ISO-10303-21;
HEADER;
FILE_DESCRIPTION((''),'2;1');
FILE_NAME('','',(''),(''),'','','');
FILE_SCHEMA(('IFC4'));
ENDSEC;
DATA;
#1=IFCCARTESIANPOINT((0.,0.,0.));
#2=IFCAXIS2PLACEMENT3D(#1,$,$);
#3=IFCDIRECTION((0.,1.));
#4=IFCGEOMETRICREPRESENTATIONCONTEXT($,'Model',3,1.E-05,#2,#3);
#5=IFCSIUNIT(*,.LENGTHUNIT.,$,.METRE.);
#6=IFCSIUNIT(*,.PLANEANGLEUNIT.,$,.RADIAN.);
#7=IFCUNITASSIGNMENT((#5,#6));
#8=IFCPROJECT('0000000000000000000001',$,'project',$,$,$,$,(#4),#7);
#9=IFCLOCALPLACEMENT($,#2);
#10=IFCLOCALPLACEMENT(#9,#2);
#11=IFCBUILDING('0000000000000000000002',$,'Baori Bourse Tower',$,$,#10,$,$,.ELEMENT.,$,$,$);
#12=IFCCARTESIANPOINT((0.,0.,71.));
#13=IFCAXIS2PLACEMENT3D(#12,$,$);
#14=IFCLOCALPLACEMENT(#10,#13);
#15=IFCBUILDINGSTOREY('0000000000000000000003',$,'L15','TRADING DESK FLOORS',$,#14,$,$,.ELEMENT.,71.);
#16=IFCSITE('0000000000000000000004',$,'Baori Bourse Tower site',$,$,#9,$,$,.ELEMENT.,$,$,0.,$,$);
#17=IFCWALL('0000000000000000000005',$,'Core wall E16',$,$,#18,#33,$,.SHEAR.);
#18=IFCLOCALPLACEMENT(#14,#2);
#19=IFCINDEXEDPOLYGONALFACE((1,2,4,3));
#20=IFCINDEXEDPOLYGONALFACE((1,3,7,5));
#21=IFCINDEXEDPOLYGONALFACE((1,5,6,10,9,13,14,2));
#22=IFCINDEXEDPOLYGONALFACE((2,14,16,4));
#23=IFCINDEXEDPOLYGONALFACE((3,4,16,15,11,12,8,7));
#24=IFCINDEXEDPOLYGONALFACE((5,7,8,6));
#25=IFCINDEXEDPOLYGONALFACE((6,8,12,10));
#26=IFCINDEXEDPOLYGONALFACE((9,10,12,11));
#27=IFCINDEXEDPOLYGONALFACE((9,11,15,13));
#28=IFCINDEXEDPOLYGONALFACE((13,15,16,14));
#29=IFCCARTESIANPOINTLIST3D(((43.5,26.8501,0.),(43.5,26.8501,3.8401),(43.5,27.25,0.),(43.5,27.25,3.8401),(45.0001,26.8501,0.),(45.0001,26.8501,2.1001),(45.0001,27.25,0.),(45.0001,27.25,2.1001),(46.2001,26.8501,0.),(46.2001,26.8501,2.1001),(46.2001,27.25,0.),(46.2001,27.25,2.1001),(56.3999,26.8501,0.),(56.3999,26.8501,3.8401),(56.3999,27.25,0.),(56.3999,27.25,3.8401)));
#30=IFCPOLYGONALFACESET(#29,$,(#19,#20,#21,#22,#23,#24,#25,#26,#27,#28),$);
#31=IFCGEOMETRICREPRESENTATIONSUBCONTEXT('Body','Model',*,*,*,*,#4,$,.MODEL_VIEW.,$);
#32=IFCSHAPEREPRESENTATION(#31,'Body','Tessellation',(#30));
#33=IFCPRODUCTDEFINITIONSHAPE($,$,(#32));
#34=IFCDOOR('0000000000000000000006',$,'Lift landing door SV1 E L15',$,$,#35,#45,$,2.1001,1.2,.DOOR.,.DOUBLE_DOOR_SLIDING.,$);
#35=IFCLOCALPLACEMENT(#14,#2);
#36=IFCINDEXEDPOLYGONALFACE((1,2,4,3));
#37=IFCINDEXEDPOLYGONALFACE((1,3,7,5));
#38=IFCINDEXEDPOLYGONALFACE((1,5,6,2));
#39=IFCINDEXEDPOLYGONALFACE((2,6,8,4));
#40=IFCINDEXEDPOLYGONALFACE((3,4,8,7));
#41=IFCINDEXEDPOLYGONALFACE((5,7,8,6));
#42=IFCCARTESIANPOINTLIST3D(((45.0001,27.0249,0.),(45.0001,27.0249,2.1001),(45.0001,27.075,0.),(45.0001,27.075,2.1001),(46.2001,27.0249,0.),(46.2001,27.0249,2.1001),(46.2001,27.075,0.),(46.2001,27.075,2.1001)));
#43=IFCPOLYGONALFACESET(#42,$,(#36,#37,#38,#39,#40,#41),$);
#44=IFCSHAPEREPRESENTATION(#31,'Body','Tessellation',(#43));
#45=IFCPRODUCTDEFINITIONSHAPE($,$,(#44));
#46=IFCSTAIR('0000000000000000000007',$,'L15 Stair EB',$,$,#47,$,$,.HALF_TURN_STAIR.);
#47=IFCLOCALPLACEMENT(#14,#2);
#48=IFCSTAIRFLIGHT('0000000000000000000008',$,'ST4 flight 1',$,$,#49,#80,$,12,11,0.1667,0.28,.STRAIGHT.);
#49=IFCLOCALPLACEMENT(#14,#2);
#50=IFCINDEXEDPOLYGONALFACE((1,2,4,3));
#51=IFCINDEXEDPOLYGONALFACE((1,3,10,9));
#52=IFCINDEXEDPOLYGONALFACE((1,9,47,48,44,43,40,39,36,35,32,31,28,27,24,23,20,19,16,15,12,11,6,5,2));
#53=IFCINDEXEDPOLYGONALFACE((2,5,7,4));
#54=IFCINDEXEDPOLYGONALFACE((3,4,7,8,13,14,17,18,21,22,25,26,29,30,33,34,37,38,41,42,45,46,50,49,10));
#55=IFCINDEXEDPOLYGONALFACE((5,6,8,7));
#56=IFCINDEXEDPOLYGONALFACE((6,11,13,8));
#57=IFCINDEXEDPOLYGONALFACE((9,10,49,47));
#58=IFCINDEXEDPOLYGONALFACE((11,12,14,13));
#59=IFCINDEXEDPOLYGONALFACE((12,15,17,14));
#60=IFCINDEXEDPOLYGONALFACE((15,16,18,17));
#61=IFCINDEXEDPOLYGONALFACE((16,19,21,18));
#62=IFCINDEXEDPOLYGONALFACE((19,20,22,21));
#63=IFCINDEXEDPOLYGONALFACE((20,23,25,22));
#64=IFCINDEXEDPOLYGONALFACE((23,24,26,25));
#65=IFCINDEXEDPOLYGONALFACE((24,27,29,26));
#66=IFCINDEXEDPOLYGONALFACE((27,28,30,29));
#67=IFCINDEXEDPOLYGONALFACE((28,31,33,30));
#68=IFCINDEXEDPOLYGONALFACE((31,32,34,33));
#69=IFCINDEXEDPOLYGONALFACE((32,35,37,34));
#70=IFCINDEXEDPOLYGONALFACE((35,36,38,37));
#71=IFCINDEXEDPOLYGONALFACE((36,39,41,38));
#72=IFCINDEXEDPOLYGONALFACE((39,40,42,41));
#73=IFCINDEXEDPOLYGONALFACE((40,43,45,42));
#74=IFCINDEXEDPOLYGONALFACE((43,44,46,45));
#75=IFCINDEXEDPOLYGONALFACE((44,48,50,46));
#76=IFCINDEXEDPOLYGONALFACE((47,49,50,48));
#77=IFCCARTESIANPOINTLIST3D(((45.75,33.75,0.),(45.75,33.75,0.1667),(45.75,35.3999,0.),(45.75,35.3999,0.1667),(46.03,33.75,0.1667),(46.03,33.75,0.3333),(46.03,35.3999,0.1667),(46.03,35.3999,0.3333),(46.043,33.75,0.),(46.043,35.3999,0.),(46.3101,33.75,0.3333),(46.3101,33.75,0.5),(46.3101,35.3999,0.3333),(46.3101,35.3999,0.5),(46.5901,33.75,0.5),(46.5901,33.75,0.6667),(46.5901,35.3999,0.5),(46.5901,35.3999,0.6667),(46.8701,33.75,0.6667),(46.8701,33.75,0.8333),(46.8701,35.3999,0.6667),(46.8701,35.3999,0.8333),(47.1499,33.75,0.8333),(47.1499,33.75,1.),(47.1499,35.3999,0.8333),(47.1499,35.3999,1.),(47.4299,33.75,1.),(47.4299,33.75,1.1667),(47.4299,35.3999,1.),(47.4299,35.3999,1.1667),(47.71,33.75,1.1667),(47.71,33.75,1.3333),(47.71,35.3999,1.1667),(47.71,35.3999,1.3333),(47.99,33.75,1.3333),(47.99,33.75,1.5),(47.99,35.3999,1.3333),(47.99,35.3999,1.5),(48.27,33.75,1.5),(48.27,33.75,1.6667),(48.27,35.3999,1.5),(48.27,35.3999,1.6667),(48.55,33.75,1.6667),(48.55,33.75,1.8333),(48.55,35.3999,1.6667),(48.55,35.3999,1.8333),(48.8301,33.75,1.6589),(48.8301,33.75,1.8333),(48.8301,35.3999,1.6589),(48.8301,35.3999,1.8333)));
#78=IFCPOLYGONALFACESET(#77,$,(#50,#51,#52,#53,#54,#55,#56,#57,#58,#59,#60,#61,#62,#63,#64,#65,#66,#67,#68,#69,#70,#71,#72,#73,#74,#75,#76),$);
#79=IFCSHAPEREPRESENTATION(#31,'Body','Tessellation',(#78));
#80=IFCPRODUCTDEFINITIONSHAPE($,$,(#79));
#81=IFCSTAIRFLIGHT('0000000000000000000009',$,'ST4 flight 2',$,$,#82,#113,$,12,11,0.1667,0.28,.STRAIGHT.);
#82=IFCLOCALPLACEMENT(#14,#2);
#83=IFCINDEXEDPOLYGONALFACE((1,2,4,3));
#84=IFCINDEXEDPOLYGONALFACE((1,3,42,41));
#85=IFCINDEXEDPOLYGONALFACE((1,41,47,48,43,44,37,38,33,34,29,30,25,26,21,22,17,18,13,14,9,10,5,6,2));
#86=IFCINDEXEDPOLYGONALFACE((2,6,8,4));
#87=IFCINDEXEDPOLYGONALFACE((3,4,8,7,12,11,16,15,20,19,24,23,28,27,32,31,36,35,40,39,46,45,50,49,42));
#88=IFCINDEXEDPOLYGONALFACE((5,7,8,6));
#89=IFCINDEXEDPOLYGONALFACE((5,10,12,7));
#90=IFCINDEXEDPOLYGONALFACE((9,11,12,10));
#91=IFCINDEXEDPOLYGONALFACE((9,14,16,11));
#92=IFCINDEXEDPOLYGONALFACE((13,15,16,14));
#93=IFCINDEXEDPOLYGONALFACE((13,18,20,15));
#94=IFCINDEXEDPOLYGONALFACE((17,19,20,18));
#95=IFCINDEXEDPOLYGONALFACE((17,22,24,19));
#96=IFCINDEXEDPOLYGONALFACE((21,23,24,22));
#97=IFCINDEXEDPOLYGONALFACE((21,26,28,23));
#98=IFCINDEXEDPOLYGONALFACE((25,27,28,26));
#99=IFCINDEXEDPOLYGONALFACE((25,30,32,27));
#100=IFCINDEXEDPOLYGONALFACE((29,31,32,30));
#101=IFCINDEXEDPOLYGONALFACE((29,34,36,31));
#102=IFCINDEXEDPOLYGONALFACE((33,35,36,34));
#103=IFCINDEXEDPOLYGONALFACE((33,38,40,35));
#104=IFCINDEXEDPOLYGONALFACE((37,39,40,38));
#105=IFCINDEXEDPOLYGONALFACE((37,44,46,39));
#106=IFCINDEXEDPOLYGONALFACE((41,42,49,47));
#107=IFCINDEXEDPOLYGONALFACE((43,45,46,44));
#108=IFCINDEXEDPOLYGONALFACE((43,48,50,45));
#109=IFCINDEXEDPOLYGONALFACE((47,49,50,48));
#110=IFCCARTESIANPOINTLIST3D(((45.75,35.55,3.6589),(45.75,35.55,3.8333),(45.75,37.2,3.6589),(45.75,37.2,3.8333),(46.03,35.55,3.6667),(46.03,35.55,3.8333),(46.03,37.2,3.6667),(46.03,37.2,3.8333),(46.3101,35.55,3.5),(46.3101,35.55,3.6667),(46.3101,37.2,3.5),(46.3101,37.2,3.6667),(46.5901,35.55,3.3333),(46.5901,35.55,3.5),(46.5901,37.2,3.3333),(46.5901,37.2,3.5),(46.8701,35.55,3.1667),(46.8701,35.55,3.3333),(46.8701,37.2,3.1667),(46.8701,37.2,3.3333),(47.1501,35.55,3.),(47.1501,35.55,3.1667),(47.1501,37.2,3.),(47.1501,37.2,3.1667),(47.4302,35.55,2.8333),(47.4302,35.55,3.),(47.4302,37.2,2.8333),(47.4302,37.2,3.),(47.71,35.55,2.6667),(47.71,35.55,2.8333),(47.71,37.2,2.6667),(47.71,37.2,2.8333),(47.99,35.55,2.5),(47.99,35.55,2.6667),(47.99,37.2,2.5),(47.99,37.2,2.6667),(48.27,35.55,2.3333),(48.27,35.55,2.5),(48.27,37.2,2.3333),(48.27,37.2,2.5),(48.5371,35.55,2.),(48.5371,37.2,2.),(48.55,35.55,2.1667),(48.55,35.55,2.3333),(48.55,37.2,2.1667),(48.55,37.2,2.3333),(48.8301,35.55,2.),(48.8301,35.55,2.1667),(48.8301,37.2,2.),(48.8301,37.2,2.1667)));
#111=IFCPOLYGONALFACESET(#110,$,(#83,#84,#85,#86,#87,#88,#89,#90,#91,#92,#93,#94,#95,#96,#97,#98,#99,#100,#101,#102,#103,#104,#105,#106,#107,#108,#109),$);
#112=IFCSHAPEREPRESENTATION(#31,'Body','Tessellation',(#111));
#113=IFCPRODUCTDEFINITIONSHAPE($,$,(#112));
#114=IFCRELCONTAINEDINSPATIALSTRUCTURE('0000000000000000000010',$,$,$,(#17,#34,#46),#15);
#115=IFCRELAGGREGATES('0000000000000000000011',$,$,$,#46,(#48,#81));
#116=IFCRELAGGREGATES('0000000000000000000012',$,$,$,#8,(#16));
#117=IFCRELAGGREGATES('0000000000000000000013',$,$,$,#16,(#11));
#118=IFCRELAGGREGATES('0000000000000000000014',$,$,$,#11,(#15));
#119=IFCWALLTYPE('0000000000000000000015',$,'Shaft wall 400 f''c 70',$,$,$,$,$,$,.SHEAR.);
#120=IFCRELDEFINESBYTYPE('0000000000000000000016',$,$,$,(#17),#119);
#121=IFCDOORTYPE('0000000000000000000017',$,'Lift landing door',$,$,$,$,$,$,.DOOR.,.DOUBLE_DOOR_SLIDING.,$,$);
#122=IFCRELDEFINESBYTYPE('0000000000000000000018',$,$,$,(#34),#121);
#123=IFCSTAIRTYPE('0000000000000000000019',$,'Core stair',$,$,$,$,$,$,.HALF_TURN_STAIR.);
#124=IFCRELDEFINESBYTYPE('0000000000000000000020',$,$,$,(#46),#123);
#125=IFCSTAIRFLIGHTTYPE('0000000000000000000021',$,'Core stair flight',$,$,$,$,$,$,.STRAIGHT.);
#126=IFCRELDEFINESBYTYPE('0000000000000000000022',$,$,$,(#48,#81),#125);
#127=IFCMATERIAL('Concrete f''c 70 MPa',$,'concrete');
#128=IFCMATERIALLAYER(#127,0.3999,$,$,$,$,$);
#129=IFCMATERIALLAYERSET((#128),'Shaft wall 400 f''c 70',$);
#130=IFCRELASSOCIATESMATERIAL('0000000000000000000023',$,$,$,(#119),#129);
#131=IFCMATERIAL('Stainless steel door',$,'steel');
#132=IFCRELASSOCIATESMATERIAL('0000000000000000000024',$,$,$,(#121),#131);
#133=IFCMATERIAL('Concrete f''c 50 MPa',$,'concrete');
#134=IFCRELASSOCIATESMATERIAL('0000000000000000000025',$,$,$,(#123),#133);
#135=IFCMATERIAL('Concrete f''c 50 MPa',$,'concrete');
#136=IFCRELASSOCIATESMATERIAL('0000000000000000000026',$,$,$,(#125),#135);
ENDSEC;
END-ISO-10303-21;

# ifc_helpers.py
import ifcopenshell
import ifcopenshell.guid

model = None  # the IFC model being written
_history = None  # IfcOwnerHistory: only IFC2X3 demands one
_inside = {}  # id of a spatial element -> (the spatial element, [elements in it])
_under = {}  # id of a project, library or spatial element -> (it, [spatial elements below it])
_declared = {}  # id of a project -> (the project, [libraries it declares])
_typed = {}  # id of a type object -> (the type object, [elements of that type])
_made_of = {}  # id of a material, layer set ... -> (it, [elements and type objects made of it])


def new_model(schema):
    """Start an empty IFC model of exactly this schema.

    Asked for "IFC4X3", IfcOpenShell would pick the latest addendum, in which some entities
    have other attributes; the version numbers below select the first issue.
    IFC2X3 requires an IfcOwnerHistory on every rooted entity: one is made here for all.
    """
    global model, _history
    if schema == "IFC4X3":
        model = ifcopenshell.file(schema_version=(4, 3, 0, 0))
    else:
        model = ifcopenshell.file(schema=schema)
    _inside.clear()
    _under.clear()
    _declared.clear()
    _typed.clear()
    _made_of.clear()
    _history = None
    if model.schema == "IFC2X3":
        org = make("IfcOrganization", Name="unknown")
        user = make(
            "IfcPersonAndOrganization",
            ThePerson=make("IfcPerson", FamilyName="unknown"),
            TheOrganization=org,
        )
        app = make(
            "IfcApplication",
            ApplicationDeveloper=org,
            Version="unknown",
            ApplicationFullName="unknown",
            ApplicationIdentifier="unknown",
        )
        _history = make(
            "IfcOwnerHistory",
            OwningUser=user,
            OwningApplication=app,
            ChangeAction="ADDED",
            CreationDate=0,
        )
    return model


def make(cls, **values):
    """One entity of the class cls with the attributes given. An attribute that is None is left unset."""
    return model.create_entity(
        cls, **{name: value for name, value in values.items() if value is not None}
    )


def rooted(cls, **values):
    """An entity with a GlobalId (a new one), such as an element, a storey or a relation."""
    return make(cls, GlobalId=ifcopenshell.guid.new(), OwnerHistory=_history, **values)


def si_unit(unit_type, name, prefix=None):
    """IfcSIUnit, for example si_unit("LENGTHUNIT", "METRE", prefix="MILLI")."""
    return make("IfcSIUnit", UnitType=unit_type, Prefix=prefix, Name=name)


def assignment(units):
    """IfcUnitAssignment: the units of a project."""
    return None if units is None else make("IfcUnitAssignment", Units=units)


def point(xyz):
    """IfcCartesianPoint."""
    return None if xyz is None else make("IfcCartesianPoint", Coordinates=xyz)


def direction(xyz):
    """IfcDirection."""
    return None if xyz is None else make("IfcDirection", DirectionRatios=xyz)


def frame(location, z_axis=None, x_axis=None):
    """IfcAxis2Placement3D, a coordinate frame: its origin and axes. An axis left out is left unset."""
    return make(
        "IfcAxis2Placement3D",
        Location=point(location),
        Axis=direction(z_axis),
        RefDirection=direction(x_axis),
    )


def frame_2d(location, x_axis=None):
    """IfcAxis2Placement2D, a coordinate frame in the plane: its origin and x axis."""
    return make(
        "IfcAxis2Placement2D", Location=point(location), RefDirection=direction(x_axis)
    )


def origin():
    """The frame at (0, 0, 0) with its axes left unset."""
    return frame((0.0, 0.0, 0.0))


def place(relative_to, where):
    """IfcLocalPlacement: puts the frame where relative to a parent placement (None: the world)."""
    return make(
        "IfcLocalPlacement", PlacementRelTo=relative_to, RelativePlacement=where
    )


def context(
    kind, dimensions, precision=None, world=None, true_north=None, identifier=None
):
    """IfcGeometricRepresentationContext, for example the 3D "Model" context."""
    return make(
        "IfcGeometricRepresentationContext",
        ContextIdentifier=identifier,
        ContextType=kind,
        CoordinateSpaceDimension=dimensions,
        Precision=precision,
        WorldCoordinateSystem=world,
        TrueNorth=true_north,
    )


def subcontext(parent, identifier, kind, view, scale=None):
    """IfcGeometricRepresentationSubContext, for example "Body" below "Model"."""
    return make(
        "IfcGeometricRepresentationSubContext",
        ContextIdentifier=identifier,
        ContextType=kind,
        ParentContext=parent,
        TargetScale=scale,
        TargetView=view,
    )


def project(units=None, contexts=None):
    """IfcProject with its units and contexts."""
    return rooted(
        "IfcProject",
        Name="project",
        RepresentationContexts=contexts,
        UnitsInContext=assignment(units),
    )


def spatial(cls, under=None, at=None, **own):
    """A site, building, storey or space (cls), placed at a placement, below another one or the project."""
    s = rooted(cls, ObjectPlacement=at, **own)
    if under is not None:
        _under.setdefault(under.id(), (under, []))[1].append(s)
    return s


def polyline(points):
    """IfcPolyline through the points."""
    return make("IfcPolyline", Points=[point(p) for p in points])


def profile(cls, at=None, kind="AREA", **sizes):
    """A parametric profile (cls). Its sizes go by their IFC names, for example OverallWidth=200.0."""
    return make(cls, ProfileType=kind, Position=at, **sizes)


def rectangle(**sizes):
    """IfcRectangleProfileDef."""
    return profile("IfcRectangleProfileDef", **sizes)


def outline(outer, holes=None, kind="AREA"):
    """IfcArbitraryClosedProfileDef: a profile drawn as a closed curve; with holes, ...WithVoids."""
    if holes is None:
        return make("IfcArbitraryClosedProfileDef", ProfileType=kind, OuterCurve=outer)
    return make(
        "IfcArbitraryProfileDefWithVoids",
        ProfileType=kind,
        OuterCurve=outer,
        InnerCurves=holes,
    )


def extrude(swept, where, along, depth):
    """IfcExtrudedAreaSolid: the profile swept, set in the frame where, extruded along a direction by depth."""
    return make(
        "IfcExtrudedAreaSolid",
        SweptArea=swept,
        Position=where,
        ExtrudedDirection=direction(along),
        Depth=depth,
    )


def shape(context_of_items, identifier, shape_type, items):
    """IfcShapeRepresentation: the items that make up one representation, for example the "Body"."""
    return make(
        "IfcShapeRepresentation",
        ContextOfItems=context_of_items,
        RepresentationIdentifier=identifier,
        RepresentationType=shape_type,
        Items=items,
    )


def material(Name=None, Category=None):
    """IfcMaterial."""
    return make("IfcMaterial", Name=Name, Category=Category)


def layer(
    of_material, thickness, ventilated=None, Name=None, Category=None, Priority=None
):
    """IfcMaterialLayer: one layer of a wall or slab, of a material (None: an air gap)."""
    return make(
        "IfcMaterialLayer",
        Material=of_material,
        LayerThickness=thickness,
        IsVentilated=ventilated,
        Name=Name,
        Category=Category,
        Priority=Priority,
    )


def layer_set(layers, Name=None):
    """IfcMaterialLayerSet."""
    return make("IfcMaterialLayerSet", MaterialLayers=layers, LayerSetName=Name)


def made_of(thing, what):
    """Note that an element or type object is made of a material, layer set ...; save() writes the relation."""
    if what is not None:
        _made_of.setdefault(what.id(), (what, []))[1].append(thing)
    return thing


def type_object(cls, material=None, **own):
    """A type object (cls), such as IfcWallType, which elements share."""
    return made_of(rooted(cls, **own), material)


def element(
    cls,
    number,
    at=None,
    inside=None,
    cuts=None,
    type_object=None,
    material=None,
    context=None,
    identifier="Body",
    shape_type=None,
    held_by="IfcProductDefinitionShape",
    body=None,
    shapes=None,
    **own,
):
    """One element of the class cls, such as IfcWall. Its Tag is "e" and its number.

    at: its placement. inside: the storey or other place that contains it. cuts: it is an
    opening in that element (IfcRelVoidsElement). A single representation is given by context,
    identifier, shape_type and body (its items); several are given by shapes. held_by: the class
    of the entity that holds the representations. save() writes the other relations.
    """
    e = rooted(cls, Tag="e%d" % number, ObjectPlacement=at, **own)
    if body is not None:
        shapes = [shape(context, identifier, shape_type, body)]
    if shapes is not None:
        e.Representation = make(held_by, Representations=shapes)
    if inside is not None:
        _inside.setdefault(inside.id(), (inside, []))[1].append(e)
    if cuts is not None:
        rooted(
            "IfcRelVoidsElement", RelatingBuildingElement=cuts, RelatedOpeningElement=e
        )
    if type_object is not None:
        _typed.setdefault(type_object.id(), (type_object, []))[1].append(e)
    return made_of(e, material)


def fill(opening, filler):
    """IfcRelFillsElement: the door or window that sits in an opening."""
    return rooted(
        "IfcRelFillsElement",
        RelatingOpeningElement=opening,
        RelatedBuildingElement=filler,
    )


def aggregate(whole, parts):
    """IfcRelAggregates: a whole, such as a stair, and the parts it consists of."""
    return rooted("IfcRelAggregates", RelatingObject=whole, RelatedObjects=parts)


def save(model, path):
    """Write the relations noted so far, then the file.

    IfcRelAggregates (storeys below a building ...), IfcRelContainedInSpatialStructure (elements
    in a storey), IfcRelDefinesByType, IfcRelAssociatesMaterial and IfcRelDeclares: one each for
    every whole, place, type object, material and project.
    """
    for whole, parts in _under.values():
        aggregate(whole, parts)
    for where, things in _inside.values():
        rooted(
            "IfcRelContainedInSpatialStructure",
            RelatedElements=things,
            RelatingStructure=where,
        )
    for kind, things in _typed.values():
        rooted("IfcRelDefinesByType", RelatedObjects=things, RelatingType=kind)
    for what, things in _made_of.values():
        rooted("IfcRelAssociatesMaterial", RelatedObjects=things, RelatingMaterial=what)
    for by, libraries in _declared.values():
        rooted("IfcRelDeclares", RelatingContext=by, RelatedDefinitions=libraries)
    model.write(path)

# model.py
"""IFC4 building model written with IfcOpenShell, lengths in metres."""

from ifc_helpers import new_model, si_unit, direction, frame, frame_2d, origin, place, context, subcontext, project, spatial, polyline, rectangle, outline, extrude, material, layer, layer_set, type_object, element, fill, aggregate, save


model = new_model("IFC4")

# Units and contexts
model_context = context("Model", 3, precision=1e-05, world=origin(), true_north=direction((0.0, 1.0)))
body_context = subcontext(model_context, "Body", "Model", "MODEL_VIEW")
ifc_project = project(units=[si_unit("LENGTHUNIT", "METRE"), si_unit("PLANEANGLEUNIT", "RADIAN")], contexts=[model_context])

# Site, building, storey
site_placement = place(None, origin())
site = spatial("IfcSite", under=ifc_project, at=site_placement, Name="Baori Bourse Tower site", CompositionType="ELEMENT", RefElevation=0.0)
building_placement = place(site_placement, origin())
building = spatial("IfcBuilding", under=site, at=building_placement, Name="Baori Bourse Tower", CompositionType="ELEMENT")
storey_placement = place(building_placement, frame((0.0, 0.0, 71.0)))
storey = spatial("IfcBuildingStorey", under=building, at=storey_placement, Name="L15", Description="TRADING DESK FLOORS", CompositionType="ELEMENT", Elevation=71.0)

# Wall, opening, door
ifc_material_1 = material(Name="Concrete f'c 70 MPa", Category="concrete")
ifc_layer_1 = layer(ifc_material_1, 0.3999)
ifc_layer_set_1 = layer_set([ifc_layer_1], Name="Shaft wall 400 f'c 70")
wall_type_1 = type_object("IfcWallType", Name="Shaft wall 400 f'c 70", PredefinedType="SHEAR", material=ifc_layer_set_1)
wall_1_placement = place(storey_placement, frame((43.5, 27.05, 0.0), z_axis=(0.0, 0.0, 1.0), x_axis=(1.0, 0.0, 0.0)))
wall_1 = element("IfcWall", 1, at=wall_1_placement, inside=storey, type_object=wall_type_1, Name="Core wall E16", PredefinedType="SHEAR", context=body_context, shape_type="SweptSolid", body=[
    extrude(rectangle(XDim=12.8999, YDim=0.3999, at=frame_2d((6.45, 0.0))), origin(), (0.0, 0.0, 1.0), 3.8401),
])
opening_1_placement = place(wall_1_placement, frame((1.5, 0.0, 0.0)))
opening_1 = element("IfcOpeningElement", 2, at=opening_1_placement, cuts=wall_1, PredefinedType="OPENING", context=body_context, shape_type="SweptSolid", body=[
    extrude(rectangle(XDim=1.2, YDim=2.1001, at=frame_2d((0.6001, 1.05))), frame((0.0, 0.21, 0.0), z_axis=(0.0, -1.0, 0.0), x_axis=(1.0, 0.0, 0.0)), (0.0, 0.0, 1.0), 0.4199),
])
ifc_material_2 = material(Name="Stainless steel door", Category="steel")
door_type_1 = type_object("IfcDoorType", Name="Lift landing door", OperationType="DOUBLE_DOOR_SLIDING", PredefinedType="DOOR", material=ifc_material_2)
door_1_placement = place(opening_1_placement, origin())
door_1 = element("IfcDoor", 3, at=door_1_placement, inside=storey, type_object=door_type_1, Name="Lift landing door SV1 E L15", OperationType="DOUBLE_DOOR_SLIDING", OverallHeight=2.1001, OverallWidth=1.2, PredefinedType="DOOR", context=body_context, shape_type="SweptSolid", body=[
    extrude(rectangle(XDim=1.2, YDim=2.1001, at=frame_2d((0.6001, 1.05))), frame((0.0, 0.0249, 0.0), z_axis=(0.0, -1.0, 0.0), x_axis=(1.0, 0.0, 0.0)), (0.0, 0.0, 1.0), 0.05),
])
fill(opening_1, door_1)

# Stair, stair flights
ifc_material_3 = material(Name="Concrete f'c 50 MPa", Category="concrete")
stair_type = type_object("IfcStairType", Name="Core stair", PredefinedType="HALF_TURN_STAIR", material=ifc_material_3)
stair_placement = place(storey_placement, origin())
stair = element("IfcStair", 4, at=stair_placement, inside=storey, type_object=stair_type, Name="L15 Stair EB", PredefinedType="HALF_TURN_STAIR")
ifc_material_4 = material(Name="Concrete f'c 50 MPa", Category="concrete")
stair_flight_type = type_object("IfcStairFlightType", Name="Core stair flight", PredefinedType="STRAIGHT", material=ifc_material_4)
stair_flight_1_placement = place(storey_placement, frame((45.75, 34.575, 0.0), z_axis=(0.0, 0.0, 1.0), x_axis=(1.0, 0.0, 0.0)))
stair_flight_1 = element("IfcStairFlight", 5, at=stair_flight_1_placement, type_object=stair_flight_type, Name="ST4 flight 1", NumberOfRisers=12, NumberOfTreads=11, PredefinedType="STRAIGHT", RiserHeight=0.1667, TreadLength=0.28, context=body_context, shape_type="SweptSolid", body=[
    extrude(outline(polyline([(0.0, 0.0), (0.0, 0.1667), (0.28, 0.1667), (0.28, 0.3333), (0.5601, 0.3333), (0.5601, 0.5), (0.8401, 0.5), (0.8401, 0.6667), (1.1201, 0.6667), (1.1201, 0.8333), (1.3999, 0.8333), (1.3999, 1.0), (1.6799, 1.0), (1.6799, 1.1667), (1.96, 1.1667), (1.96, 1.3333), (2.24, 1.3333), (2.24, 1.5), (2.52, 1.5), (2.52, 1.6667), (2.8, 1.6667), (2.8, 1.8333), (3.0801, 1.8333), (3.0801, 2.0), (3.0801, 1.6589), (0.293, 0.0), (0.0, 0.0)])), frame((0.0, 0.825, 0.0), z_axis=(0.0, -1.0, 0.0), x_axis=(1.0, 0.0, 0.0)), (0.0, 0.0, 1.0), 1.6499),
])
stair_flight_2_placement = place(storey_placement, frame((48.8301, 36.375, 2.0), z_axis=(0.0, 0.0, 1.0), x_axis=(-1.0, 0.0, 0.0)))
stair_flight_2 = element("IfcStairFlight", 6, at=stair_flight_2_placement, type_object=stair_flight_type, Name="ST4 flight 2", NumberOfRisers=12, NumberOfTreads=11, PredefinedType="STRAIGHT", RiserHeight=0.1667, TreadLength=0.28, context=body_context, shape_type="SweptSolid", body=[
    extrude(outline(polyline([(0.0, 0.0), (0.0, 0.1667), (0.28, 0.1667), (0.28, 0.3333), (0.5601, 0.3333), (0.5601, 0.5), (0.8401, 0.5), (0.8401, 0.6667), (1.1201, 0.6667), (1.1201, 0.8333), (1.3999, 0.8333), (1.3999, 1.0), (1.6799, 1.0), (1.6799, 1.1667), (1.96, 1.1667), (1.96, 1.3333), (2.24, 1.3333), (2.24, 1.5), (2.52, 1.5), (2.52, 1.6667), (2.8, 1.6667), (2.8, 1.8333), (3.0801, 1.8333), (3.0801, 2.0), (3.0801, 1.6589), (0.293, 0.0), (0.0, 0.0)])), frame((0.0, 0.825, 0.0), z_axis=(0.0, -1.0, 0.0), x_axis=(1.0, 0.0, 0.0)), (0.0, 0.0, 1.0), 1.6499),
])
aggregate(stair, [stair_flight_1, stair_flight_2])

save(model, "model.ifc")
